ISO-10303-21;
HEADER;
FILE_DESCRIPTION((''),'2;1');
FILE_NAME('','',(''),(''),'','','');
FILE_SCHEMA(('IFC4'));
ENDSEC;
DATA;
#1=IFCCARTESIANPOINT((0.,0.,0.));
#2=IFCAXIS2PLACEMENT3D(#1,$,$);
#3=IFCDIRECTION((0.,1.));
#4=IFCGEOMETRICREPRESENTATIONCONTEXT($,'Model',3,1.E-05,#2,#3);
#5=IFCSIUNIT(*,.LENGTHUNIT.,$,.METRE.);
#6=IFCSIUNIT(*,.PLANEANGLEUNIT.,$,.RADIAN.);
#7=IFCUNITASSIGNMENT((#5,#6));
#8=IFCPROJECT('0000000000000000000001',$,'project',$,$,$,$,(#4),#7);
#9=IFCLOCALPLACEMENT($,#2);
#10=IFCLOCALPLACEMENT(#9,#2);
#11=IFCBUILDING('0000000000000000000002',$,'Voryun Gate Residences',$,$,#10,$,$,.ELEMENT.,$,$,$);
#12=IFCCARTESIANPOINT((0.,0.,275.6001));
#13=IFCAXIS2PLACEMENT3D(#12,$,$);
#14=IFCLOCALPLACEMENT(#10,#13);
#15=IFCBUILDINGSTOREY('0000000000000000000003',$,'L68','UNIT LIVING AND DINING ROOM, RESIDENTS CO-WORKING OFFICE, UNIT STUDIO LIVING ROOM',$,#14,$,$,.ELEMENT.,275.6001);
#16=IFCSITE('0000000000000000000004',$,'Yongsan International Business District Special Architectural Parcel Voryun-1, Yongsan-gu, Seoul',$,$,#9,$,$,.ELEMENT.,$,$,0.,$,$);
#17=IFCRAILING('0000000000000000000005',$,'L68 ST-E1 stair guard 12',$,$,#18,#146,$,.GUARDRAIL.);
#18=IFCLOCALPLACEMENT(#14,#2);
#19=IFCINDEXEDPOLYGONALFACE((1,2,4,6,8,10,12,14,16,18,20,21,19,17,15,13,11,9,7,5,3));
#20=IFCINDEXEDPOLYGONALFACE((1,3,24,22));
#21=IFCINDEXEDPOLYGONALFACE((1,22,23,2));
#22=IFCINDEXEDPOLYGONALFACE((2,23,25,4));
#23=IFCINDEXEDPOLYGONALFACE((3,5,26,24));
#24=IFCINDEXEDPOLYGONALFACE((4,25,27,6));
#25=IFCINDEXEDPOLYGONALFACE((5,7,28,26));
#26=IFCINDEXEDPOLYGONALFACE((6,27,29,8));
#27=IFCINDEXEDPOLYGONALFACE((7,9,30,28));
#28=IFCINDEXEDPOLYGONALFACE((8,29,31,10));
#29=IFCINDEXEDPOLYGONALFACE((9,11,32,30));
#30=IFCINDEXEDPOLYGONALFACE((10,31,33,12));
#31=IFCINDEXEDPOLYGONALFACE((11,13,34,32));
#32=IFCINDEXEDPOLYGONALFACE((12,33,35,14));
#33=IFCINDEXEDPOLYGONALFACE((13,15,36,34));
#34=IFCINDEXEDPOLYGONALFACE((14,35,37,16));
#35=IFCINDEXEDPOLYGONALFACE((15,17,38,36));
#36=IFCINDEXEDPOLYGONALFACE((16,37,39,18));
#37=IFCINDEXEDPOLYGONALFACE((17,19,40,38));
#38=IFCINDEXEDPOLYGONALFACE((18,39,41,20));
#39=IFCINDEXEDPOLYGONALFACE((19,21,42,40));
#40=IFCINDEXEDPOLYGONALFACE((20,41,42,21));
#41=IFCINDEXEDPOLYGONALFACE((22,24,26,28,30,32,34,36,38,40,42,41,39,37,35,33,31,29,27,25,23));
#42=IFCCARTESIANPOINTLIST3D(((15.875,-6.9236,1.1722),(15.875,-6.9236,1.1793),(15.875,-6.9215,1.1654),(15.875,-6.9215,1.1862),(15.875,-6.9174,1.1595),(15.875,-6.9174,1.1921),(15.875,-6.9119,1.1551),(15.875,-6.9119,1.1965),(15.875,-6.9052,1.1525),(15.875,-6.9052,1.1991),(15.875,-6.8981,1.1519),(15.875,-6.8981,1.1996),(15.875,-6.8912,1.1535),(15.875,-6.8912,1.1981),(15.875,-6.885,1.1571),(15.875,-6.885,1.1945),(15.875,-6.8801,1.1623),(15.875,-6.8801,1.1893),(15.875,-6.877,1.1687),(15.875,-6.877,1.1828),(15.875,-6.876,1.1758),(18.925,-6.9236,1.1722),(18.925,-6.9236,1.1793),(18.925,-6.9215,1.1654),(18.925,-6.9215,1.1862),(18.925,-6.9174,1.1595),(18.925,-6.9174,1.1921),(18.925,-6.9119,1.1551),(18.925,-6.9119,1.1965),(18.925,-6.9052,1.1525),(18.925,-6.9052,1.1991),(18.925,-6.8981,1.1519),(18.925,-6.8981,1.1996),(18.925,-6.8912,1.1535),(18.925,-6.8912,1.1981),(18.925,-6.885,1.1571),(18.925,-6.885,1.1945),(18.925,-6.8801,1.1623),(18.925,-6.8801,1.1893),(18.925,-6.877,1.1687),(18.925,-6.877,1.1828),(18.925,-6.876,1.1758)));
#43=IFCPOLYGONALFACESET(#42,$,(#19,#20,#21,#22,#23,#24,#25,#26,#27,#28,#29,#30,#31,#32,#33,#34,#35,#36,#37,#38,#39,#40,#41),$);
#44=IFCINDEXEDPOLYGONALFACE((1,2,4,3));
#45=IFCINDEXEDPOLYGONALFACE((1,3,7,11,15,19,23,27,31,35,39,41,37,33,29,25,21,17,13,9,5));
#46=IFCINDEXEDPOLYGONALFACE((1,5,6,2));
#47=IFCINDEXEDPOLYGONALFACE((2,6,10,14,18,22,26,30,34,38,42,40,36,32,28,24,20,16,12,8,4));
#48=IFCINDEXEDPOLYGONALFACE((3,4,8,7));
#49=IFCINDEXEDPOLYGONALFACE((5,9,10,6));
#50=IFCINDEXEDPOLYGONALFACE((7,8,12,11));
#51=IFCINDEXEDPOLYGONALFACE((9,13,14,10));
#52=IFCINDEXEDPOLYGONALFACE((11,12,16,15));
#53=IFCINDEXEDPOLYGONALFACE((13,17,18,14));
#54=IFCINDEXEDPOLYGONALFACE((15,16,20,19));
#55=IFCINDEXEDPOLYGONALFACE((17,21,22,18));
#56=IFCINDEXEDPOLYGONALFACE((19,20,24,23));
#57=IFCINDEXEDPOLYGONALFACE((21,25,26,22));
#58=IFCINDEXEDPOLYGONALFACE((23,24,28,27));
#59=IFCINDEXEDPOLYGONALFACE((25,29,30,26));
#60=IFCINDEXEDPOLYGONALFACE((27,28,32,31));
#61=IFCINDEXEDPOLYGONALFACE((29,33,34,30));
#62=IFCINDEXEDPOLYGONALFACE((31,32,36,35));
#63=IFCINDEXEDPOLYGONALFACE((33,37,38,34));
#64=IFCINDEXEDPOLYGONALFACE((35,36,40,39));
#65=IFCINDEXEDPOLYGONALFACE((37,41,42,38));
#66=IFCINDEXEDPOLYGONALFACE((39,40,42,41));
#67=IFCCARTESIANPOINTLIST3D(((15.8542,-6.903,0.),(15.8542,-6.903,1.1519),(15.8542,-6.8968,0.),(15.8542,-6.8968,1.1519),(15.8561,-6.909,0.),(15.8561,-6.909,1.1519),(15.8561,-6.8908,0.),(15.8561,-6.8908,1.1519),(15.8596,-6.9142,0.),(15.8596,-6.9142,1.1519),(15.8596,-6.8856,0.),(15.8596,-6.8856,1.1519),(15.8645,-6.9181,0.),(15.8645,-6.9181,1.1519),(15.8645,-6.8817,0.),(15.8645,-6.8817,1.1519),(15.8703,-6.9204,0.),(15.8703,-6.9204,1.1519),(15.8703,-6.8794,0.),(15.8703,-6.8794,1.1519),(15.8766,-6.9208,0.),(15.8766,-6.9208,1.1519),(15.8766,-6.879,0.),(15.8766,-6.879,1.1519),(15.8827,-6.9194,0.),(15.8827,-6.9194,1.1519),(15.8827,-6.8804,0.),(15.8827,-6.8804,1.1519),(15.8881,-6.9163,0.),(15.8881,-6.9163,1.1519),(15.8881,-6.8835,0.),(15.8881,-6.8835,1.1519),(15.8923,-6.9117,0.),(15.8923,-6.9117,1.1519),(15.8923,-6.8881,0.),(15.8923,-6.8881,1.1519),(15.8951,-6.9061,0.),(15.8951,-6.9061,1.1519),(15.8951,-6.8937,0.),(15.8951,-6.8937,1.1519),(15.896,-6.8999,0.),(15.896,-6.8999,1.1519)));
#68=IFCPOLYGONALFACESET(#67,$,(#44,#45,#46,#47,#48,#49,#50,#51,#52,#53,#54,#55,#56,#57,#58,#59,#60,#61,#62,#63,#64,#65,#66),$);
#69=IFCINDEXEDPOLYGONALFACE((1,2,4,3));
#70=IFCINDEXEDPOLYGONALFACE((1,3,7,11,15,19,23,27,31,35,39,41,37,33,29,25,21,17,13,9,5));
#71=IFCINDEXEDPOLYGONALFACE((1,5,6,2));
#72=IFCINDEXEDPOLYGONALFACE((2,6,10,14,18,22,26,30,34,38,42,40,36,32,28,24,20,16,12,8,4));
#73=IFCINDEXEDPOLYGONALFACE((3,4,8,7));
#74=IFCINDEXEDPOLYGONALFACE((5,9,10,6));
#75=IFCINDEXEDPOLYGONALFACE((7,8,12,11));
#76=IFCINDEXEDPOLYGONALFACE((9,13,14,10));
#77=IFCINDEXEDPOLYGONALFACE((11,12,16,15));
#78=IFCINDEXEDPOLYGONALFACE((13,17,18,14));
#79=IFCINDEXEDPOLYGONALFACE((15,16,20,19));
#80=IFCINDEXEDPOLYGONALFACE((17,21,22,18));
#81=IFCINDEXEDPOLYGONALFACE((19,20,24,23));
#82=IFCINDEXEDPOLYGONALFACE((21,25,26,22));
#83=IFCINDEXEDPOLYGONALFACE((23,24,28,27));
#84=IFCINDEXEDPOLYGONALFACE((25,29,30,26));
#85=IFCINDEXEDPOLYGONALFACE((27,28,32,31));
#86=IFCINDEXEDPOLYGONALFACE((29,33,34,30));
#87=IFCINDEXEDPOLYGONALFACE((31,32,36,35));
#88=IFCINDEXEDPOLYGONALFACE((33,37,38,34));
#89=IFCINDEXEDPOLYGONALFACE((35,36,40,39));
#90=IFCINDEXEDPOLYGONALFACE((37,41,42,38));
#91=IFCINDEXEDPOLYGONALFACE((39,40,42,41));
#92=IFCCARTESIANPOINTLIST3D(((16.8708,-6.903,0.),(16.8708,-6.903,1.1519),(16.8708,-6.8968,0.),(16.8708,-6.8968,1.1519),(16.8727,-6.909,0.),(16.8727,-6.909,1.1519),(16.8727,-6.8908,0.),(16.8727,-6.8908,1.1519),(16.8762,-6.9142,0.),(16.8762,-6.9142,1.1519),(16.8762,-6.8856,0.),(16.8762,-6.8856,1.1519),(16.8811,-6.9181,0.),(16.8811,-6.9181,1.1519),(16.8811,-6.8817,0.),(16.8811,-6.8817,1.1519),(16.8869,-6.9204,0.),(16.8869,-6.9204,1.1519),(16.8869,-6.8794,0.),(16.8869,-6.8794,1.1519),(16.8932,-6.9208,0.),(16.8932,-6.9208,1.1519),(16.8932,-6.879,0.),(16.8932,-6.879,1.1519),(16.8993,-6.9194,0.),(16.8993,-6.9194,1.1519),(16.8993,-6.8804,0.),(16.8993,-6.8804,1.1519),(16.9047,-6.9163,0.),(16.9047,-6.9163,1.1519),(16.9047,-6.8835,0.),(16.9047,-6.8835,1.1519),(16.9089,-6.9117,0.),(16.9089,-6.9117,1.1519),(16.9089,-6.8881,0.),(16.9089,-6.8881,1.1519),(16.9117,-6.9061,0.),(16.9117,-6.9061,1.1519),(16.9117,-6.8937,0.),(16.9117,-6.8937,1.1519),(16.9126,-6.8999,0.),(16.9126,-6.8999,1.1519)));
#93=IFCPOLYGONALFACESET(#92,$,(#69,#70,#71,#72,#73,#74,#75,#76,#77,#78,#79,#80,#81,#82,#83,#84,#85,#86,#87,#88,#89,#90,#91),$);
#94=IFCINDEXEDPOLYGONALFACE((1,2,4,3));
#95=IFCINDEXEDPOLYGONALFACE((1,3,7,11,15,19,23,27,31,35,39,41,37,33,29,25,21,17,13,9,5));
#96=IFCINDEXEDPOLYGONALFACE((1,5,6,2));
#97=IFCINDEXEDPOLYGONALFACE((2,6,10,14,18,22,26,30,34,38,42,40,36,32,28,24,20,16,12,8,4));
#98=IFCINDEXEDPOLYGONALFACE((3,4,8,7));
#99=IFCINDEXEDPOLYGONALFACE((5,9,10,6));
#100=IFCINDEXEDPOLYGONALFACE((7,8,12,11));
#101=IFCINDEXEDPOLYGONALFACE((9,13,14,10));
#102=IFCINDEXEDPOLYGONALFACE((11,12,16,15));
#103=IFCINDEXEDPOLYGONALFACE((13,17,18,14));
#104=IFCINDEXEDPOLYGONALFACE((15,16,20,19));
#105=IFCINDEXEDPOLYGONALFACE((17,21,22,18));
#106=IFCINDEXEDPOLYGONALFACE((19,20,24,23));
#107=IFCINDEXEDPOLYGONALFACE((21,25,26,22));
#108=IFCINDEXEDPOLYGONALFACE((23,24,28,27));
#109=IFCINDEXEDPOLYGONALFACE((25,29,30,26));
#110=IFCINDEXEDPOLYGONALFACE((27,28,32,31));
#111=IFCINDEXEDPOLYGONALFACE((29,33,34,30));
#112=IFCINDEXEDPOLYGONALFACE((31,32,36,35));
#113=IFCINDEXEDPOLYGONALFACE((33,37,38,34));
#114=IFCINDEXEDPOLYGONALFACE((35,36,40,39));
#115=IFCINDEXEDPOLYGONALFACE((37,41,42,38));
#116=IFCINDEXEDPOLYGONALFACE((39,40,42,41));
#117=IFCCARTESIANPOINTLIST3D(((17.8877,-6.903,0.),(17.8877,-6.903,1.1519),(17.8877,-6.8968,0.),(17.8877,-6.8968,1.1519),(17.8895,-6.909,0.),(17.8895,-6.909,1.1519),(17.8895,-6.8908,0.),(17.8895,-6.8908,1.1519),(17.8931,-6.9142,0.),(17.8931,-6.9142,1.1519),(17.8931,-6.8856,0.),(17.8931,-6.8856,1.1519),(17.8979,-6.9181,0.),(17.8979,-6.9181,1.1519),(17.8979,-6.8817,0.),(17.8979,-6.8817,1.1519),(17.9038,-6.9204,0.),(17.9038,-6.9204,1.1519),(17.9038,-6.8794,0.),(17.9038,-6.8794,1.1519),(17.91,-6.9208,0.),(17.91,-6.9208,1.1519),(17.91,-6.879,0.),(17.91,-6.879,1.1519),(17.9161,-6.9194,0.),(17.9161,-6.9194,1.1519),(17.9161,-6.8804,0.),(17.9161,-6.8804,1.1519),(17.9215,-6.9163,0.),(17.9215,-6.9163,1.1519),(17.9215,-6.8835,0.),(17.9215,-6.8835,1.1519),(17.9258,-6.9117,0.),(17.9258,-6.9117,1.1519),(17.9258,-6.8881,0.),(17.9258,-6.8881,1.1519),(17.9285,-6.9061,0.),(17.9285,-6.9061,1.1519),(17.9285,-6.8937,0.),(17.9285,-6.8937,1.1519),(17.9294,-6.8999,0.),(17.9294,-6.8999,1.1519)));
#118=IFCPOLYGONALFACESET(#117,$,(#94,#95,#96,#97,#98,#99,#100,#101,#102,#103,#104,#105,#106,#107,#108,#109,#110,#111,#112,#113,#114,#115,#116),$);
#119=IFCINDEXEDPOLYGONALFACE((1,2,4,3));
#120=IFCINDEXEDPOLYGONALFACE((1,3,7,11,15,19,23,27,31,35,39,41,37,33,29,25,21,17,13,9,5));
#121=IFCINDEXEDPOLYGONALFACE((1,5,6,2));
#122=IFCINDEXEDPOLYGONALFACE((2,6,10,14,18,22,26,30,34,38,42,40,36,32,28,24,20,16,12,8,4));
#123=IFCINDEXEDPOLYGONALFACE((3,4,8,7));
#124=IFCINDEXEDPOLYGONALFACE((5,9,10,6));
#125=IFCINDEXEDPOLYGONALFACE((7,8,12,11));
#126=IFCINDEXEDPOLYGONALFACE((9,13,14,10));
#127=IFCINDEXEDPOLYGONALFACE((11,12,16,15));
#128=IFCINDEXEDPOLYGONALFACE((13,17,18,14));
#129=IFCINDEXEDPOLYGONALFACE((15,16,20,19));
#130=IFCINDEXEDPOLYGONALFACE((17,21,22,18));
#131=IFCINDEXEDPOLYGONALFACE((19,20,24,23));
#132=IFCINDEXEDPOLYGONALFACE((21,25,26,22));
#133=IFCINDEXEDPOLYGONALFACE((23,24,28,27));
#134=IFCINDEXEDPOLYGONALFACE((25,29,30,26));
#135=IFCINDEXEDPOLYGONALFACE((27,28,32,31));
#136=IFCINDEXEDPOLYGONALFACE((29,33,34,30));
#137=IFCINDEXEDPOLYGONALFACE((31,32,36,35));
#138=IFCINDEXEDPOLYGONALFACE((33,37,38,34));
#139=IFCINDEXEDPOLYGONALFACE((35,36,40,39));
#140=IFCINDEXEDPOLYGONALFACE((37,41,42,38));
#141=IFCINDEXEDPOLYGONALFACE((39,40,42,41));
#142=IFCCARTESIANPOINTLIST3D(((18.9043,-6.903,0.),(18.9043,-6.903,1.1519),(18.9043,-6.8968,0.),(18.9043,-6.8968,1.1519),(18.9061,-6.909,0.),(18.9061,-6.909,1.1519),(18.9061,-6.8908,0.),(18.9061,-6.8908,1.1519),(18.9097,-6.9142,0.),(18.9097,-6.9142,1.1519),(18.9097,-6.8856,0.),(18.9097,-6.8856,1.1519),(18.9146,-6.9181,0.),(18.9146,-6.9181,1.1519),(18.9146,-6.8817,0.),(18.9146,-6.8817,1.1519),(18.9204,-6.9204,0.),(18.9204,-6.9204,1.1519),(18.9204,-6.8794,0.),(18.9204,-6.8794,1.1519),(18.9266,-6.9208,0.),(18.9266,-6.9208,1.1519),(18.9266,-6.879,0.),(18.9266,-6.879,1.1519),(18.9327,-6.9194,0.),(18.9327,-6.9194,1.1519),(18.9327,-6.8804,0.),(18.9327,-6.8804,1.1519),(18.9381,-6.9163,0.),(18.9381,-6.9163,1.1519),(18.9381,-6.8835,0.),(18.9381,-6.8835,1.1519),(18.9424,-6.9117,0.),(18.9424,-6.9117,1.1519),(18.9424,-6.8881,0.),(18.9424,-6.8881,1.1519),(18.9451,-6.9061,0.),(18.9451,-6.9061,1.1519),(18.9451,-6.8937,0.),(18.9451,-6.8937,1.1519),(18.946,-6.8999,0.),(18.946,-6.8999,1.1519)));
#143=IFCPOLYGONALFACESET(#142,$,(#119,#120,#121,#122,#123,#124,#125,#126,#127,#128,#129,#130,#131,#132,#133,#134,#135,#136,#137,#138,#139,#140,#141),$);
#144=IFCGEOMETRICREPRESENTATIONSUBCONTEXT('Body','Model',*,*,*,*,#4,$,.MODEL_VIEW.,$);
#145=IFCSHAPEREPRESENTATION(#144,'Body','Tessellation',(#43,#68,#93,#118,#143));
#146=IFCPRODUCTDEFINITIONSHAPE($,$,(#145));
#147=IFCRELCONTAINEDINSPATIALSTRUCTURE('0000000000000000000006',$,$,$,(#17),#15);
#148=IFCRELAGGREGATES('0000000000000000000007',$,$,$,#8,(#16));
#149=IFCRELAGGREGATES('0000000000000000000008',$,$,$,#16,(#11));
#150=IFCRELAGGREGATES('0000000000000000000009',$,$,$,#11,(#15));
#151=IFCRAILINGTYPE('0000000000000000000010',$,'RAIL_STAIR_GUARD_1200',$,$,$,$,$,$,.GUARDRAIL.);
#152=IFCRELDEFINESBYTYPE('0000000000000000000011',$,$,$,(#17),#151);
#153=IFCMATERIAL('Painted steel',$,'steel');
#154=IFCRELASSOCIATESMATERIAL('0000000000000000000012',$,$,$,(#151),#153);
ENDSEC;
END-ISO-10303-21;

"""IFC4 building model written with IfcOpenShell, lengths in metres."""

from ifc_helpers import new_model, si_unit, direction, frame, origin, origin_2d, place, context, subcontext, project, spatial, circle, extrude, material, type_object, element, save


model = new_model("IFC4")

# Units and contexts
model_context = context("Model", 3, precision=1e-05, world=origin(), true_north=direction((0.0, 1.0)))
body_context = subcontext(model_context, "Body", "Model", "MODEL_VIEW")
ifc_project = project(units=[si_unit("LENGTHUNIT", "METRE"), si_unit("PLANEANGLEUNIT", "RADIAN")], contexts=[model_context])

# Site, building, storey
site_placement = place(None, origin())
site = spatial("IfcSite", under=ifc_project, at=site_placement, Name="Yongsan International Business District Special Architectural Parcel Voryun-1, Yongsan-gu, Seoul", CompositionType="ELEMENT", RefElevation=0.0)
building_placement = place(site_placement, origin())
building = spatial("IfcBuilding", under=site, at=building_placement, Name="Voryun Gate Residences", CompositionType="ELEMENT")
storey_placement = place(building_placement, frame((0.0, 0.0, 275.6001)))
storey = spatial("IfcBuildingStorey", under=building, at=storey_placement, Name="L68", Description="UNIT LIVING AND DINING ROOM, RESIDENTS CO-WORKING OFFICE, UNIT STUDIO LIVING ROOM", CompositionType="ELEMENT", Elevation=275.6001)

# Railing
ifc_material_1 = material(Name="Painted steel", Category="steel")
railing_type_1 = type_object("IfcRailingType", Name="RAIL_STAIR_GUARD_1200", PredefinedType="GUARDRAIL", material=ifc_material_1)
railing_1_placement = place(storey_placement, frame((15.875, -6.8999, 0.0)))
element("IfcRailing", 1, at=railing_1_placement, inside=storey, type_object=railing_type_1, Name="L68 ST-E1 stair guard 12", PredefinedType="GUARDRAIL", context=body_context, shape_type="SweptSolid", body=[
    extrude(circle(Radius=0.0239, at=origin_2d()), frame((0.0, 0.0, 1.1758), z_axis=(1.0, 0.0, 0.0), x_axis=(0.0, 1.0, 0.0)), (0.0, 0.0, 1.0), 3.05),
    extrude(circle(Radius=0.021, at=origin_2d()), origin(), (0.0, 0.0, 1.0), 1.1519),
    extrude(circle(Radius=0.021, at=origin_2d()), frame((1.0166, 0.0, 0.0)), (0.0, 0.0, 1.0), 1.1519),
    extrude(circle(Radius=0.021, at=origin_2d()), frame((2.0334, 0.0, 0.0)), (0.0, 0.0, 1.0), 1.1519),
    extrude(circle(Radius=0.021, at=origin_2d()), frame((3.05, 0.0, 0.0)), (0.0, 0.0, 1.0), 1.1519),
])

save(model, "model.ifc")
